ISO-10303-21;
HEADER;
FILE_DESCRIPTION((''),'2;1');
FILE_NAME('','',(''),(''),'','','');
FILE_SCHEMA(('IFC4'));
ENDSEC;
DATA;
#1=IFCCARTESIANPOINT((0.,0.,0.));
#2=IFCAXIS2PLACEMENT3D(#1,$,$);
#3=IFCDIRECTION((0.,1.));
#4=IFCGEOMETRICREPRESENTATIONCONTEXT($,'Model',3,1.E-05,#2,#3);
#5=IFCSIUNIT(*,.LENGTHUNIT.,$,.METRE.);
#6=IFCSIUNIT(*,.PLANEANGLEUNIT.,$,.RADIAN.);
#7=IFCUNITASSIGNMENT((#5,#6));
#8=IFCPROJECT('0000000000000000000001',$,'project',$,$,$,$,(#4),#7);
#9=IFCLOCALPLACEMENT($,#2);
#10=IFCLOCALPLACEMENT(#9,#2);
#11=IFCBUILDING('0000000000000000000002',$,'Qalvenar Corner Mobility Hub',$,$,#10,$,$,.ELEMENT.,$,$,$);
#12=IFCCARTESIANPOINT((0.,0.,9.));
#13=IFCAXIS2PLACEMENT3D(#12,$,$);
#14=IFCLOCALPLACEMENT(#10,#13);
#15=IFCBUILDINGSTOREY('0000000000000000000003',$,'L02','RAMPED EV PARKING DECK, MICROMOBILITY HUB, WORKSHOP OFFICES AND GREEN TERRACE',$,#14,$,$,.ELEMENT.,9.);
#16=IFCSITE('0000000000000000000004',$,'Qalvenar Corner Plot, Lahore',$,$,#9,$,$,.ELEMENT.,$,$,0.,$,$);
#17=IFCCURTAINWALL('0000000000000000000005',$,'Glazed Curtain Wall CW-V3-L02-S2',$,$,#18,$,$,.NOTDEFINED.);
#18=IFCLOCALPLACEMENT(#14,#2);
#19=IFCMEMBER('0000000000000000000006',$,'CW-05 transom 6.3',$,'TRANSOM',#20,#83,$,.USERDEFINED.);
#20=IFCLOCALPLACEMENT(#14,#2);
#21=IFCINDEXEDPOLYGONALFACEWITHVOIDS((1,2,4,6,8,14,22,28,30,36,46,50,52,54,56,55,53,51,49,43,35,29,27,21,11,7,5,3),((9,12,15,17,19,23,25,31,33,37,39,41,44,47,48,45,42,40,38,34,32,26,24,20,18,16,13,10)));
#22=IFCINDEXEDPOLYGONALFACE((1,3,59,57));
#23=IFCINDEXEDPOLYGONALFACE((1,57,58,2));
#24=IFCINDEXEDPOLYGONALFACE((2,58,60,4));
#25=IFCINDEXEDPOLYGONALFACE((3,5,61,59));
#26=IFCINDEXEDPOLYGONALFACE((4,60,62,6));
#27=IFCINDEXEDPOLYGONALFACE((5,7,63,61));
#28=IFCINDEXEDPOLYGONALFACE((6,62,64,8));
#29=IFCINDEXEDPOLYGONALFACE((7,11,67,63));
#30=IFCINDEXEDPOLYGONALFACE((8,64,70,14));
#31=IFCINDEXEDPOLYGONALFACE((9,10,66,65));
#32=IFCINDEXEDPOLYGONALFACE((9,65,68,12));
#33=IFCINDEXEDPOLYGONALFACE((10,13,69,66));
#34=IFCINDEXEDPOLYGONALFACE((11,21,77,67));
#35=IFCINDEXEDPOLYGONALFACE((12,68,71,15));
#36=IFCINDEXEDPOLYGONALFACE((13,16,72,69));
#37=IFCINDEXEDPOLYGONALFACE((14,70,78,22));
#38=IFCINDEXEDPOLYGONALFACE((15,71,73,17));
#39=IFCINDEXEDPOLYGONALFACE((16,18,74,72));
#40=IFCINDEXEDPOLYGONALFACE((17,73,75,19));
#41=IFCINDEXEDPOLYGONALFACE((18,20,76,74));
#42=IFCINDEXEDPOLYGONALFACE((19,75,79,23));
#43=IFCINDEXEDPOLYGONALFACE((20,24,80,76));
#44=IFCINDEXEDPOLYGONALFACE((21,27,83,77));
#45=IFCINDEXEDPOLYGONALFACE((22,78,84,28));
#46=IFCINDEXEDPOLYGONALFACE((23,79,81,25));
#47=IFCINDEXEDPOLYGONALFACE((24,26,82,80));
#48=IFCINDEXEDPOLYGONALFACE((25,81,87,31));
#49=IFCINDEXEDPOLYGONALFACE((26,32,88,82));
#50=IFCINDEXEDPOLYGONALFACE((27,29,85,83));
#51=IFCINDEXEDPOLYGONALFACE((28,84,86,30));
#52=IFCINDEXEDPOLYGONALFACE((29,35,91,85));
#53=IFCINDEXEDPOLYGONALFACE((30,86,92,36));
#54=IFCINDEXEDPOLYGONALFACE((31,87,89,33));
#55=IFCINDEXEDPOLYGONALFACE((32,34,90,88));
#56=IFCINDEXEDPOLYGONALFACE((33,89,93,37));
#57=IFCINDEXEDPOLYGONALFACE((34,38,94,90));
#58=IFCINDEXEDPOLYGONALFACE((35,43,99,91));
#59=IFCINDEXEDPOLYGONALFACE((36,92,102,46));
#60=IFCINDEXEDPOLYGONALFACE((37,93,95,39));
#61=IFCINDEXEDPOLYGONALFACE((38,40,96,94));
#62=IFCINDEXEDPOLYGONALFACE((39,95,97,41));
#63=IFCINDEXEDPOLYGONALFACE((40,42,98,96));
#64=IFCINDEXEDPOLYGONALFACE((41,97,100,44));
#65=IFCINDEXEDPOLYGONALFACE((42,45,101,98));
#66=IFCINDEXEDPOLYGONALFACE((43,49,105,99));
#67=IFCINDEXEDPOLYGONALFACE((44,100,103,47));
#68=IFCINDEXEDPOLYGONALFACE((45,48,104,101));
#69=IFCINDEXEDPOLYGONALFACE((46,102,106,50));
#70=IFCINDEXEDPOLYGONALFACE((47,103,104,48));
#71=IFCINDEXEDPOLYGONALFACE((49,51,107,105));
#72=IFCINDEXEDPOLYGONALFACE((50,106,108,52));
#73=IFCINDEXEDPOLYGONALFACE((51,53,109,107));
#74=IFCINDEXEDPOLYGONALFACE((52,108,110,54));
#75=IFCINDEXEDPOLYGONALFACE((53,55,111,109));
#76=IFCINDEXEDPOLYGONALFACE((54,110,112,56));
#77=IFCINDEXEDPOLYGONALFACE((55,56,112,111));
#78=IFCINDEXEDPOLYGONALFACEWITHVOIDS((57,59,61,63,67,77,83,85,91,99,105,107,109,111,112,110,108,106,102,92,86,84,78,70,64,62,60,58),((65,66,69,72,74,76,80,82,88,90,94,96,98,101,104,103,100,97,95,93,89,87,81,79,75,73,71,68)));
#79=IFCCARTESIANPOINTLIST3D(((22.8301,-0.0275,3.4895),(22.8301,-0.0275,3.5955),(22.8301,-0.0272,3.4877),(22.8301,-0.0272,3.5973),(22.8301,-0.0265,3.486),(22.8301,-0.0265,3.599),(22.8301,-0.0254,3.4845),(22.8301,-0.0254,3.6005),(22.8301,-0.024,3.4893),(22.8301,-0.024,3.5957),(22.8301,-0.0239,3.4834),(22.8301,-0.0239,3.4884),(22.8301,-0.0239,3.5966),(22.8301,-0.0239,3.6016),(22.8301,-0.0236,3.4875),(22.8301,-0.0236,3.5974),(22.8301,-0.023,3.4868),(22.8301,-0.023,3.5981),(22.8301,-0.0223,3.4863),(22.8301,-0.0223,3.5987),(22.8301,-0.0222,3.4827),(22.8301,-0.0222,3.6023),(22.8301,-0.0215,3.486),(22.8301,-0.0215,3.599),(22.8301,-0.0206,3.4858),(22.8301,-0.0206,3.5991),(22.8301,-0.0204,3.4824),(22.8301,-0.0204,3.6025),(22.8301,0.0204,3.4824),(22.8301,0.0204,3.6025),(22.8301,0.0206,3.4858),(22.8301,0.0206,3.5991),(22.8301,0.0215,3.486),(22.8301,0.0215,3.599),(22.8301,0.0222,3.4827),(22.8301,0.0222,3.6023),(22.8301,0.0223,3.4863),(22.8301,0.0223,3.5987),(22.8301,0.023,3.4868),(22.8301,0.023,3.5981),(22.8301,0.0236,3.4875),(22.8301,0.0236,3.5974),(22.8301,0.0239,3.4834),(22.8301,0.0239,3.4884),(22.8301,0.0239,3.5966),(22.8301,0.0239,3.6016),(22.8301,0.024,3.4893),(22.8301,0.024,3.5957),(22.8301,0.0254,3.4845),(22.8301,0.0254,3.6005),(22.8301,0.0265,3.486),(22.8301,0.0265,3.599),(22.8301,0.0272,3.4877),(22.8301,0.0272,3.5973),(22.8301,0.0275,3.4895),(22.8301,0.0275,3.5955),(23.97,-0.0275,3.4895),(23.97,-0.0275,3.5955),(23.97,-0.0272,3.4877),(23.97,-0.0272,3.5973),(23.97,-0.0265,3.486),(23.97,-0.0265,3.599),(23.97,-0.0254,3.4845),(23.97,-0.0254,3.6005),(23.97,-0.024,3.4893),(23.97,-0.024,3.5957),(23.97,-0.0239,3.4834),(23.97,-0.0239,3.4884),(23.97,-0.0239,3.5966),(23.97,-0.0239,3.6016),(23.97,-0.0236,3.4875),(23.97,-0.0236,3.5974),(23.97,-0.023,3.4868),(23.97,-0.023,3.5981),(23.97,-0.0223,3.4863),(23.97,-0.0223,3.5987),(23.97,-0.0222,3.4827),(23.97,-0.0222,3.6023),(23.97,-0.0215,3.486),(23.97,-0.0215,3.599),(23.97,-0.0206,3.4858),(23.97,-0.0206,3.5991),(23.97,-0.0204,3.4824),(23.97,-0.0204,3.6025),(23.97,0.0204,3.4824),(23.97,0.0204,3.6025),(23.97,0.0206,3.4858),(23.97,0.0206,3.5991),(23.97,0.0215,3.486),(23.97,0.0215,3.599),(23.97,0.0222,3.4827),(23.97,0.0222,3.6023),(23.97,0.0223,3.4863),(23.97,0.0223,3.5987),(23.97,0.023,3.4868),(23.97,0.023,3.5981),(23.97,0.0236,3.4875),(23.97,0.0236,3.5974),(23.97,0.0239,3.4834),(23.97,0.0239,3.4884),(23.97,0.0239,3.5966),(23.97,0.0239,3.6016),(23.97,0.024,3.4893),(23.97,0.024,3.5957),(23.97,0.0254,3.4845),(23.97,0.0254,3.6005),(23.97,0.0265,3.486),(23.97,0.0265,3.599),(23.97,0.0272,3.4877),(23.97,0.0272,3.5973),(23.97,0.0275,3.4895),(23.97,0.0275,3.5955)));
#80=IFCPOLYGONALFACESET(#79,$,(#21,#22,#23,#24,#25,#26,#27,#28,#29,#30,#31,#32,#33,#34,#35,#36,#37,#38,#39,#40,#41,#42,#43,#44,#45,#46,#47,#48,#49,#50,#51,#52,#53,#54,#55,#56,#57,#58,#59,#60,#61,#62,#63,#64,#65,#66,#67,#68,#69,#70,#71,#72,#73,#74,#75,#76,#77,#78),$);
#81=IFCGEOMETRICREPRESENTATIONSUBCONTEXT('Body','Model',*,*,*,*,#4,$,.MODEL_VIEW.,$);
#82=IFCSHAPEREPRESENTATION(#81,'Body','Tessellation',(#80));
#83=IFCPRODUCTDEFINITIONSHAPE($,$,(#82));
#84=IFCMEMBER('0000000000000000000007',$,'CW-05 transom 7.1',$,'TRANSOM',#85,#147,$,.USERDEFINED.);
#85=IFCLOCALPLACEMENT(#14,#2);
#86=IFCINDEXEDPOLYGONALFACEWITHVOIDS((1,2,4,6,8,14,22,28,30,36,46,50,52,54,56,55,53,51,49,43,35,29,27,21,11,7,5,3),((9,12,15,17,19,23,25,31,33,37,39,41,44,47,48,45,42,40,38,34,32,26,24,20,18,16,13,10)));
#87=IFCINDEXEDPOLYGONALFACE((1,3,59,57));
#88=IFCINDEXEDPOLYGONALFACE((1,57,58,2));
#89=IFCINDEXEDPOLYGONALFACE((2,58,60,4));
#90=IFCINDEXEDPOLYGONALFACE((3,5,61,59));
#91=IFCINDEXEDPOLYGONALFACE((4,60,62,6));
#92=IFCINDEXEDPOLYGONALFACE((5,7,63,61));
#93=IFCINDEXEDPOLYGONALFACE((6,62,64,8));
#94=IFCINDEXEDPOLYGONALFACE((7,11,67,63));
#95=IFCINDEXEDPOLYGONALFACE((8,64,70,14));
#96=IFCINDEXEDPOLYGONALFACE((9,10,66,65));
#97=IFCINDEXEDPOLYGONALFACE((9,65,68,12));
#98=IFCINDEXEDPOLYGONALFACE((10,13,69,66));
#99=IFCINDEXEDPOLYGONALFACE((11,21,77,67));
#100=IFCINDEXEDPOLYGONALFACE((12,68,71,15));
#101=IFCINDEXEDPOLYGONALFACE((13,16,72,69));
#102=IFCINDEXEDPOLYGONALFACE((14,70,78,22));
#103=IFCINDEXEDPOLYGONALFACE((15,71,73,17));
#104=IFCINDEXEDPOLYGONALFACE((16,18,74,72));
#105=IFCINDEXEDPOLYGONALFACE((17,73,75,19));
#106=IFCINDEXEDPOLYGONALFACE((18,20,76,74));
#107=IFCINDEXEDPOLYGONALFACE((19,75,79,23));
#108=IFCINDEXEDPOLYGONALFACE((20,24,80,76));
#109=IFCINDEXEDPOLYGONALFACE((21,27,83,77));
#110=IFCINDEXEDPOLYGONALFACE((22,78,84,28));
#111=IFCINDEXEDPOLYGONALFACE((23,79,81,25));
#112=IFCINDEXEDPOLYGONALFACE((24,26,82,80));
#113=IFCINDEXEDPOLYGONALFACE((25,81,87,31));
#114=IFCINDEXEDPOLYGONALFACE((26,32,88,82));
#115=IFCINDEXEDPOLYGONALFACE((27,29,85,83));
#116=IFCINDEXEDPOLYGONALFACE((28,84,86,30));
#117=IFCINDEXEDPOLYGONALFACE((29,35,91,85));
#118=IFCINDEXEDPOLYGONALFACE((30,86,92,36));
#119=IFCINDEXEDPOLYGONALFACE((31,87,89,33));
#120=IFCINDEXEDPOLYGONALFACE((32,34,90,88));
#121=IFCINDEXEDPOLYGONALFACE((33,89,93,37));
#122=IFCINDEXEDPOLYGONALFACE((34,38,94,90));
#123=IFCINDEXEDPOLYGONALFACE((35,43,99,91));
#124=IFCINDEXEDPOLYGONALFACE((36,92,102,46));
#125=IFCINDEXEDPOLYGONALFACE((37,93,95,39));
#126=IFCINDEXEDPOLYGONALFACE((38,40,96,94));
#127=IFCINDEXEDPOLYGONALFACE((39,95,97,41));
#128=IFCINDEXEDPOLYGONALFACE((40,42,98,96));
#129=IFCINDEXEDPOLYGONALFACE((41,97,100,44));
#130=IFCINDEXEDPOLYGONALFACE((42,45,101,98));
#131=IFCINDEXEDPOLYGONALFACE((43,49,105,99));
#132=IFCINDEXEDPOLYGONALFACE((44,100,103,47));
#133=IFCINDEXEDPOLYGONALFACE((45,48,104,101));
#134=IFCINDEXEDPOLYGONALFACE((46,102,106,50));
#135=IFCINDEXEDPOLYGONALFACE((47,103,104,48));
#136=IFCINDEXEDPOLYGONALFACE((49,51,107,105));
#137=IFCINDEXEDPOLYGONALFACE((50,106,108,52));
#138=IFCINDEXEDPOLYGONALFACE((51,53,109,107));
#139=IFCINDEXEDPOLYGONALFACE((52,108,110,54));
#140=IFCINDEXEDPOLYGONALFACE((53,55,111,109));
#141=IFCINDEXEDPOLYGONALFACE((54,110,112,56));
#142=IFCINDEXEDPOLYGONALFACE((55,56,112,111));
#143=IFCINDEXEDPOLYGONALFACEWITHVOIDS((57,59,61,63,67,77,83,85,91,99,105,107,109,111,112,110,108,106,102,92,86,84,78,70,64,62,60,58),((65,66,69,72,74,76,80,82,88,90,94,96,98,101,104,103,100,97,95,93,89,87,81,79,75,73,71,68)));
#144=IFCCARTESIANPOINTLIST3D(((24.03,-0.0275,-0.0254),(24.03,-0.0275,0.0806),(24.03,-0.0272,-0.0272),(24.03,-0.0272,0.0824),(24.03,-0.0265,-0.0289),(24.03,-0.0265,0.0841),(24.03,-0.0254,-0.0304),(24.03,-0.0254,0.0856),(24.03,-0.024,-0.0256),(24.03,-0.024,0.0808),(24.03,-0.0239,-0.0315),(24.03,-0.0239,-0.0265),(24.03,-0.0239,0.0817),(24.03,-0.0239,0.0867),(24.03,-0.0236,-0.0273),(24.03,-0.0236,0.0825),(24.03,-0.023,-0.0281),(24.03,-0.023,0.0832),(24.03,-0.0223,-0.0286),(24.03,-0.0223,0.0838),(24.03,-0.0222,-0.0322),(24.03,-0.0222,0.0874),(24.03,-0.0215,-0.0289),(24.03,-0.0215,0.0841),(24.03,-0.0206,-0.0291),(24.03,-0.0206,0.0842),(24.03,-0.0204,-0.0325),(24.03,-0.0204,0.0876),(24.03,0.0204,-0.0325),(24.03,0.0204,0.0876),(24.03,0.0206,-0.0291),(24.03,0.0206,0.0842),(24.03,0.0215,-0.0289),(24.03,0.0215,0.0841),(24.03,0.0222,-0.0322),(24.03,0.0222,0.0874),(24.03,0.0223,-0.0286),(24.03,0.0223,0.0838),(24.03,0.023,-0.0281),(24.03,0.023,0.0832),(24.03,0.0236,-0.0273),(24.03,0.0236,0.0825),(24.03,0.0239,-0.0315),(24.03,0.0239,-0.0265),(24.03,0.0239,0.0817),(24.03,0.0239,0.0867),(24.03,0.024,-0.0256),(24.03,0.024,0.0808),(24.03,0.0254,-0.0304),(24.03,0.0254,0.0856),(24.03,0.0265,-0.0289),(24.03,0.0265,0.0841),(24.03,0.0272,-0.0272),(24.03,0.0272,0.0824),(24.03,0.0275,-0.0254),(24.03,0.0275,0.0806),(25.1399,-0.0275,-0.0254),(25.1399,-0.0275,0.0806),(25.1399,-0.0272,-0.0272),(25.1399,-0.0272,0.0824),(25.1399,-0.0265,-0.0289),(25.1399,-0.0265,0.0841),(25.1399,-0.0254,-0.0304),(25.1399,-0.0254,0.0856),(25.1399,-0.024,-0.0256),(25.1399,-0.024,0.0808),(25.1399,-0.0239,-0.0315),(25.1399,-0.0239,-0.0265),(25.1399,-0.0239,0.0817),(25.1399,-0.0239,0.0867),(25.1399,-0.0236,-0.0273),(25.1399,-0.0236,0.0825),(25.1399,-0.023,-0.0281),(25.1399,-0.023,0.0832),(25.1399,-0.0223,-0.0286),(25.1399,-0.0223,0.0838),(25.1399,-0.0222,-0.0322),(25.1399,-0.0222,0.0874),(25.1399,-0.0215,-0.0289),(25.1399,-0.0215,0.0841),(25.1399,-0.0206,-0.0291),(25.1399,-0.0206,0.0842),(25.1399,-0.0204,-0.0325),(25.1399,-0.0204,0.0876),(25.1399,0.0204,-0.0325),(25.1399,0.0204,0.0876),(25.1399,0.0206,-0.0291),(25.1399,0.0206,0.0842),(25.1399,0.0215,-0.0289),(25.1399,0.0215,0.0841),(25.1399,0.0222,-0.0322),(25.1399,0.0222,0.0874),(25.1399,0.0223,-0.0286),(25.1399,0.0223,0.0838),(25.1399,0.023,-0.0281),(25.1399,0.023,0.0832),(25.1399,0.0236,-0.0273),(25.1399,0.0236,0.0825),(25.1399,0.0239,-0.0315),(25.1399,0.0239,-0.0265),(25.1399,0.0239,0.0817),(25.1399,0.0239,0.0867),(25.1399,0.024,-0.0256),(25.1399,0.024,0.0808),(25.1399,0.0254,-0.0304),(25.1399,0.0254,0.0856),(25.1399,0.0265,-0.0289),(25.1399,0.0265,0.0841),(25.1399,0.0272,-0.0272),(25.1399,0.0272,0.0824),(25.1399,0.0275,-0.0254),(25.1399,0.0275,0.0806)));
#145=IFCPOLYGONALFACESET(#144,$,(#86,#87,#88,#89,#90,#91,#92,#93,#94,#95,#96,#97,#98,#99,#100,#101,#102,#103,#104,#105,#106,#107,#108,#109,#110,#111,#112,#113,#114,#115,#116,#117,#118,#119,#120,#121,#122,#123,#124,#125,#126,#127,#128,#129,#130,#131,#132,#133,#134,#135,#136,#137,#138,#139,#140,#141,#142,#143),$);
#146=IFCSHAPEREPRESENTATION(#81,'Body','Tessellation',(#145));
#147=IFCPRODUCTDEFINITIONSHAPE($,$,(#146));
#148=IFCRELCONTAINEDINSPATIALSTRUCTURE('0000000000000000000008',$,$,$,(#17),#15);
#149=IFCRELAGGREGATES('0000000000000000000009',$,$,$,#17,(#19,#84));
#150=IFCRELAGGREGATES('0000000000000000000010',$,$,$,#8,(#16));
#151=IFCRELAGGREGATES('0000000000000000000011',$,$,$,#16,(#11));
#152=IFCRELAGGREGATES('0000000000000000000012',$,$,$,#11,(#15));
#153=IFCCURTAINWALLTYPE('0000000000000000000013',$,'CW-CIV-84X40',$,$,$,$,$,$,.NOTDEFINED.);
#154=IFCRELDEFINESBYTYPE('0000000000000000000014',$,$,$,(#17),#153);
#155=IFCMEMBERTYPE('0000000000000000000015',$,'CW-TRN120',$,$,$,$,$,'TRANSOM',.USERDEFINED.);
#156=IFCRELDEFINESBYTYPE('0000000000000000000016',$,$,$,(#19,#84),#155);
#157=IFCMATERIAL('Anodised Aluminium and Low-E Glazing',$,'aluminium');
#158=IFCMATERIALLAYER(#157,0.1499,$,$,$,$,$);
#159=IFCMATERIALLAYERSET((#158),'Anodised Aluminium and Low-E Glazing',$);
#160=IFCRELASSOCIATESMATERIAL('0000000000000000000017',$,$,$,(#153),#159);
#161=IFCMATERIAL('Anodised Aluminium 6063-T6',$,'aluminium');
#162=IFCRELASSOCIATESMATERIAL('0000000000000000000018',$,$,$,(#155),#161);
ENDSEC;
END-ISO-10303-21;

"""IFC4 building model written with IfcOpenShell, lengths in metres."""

from ifc_helpers import new_model, si_unit, direction, frame, origin, origin_2d, place, context, subcontext, project, spatial, hollow_rectangle, extrude, material, layer, layer_set, material_profile, profile_set, type_object, element, aggregate, save


model = new_model("IFC4")

# Units and contexts
model_context = context("Model", 3, precision=1e-05, world=origin(), true_north=direction((0.0, 1.0)))
body_context = subcontext(model_context, "Body", "Model", "MODEL_VIEW")
ifc_project = project(units=[si_unit("LENGTHUNIT", "METRE"), si_unit("PLANEANGLEUNIT", "RADIAN")], contexts=[model_context])

# Site, building, storey
site_placement = place(None, origin())
site = spatial("IfcSite", under=ifc_project, at=site_placement, Name="Qalvenar Corner Plot, Lahore", CompositionType="ELEMENT", RefElevation=0.0)
building_placement = place(site_placement, origin())
building = spatial("IfcBuilding", under=site, at=building_placement, Name="Qalvenar Corner Mobility Hub", CompositionType="ELEMENT")
storey_placement = place(building_placement, frame((0.0, 0.0, 9.0)))
storey = spatial("IfcBuildingStorey", under=building, at=storey_placement, Name="L02", Description="RAMPED EV PARKING DECK, MICROMOBILITY HUB, WORKSHOP OFFICES AND GREEN TERRACE", CompositionType="ELEMENT", Elevation=9.0)

# Curtain wall, members
ifc_material_1 = material(Name="Anodised Aluminium and Low-E Glazing", Category="aluminium")
ifc_layer_1 = layer(ifc_material_1, 0.1499)
ifc_layer_set_1 = layer_set([ifc_layer_1], Name="Anodised Aluminium and Low-E Glazing")
curtain_wall_type = type_object("IfcCurtainWallType", Name="CW-CIV-84X40", PredefinedType="NOTDEFINED", material=ifc_layer_set_1)
curtain_wall_placement = place(storey_placement, origin())
curtain_wall = element("IfcCurtainWall", 1, at=curtain_wall_placement, inside=storey, type_object=curtain_wall_type, Name="Glazed Curtain Wall CW-V3-L02-S2", PredefinedType="NOTDEFINED")
ifc_material_2 = material(Name="Anodised Aluminium 6063-T6", Category="aluminium")
ifc_material_profile_1 = material_profile(ifc_material_2, hollow_rectangle(XDim=0.0549, YDim=0.1201, WallThickness=0.0034, InnerFilletRadius=0.0034, OuterFilletRadius=0.0071, at=origin_2d()), Name="RHS120x55x3.5")
ifc_profile_set_1 = profile_set([ifc_material_profile_1], Name="Anodised Aluminium 6063-T6")
member_type_1 = type_object("IfcMemberType", Name="CW-TRN120", ElementType="TRANSOM", PredefinedType="USERDEFINED", material=ifc_profile_set_1)
member_1_placement = place(storey_placement, frame((22.8301, 0.0, 3.5425), z_axis=(1.0, 0.0, 0.0), x_axis=(0.0, 1.0, 0.0)))
member_1 = element("IfcMember", 2, at=member_1_placement, type_object=member_type_1, Name="CW-05 transom 6.3", ObjectType="TRANSOM", PredefinedType="USERDEFINED", context=body_context, shape_type="SweptSolid", body=[
    extrude(hollow_rectangle(XDim=0.0549, YDim=0.1201, WallThickness=0.0034, InnerFilletRadius=0.0034, OuterFilletRadius=0.0071, at=origin_2d()), origin(), (0.0, 0.0, 1.0), 1.1399),
])
member_2_placement = place(storey_placement, frame((24.03, 0.0, 0.0276), z_axis=(1.0, 0.0, 0.0), x_axis=(0.0, 1.0, 0.0)))
member_2 = element("IfcMember", 3, at=member_2_placement, type_object=member_type_1, Name="CW-05 transom 7.1", ObjectType="TRANSOM", PredefinedType="USERDEFINED", context=body_context, shape_type="SweptSolid", body=[
    extrude(hollow_rectangle(XDim=0.0549, YDim=0.1201, WallThickness=0.0034, InnerFilletRadius=0.0034, OuterFilletRadius=0.0071, at=origin_2d()), origin(), (0.0, 0.0, 1.0), 1.1099),
])
aggregate(curtain_wall, [member_1, member_2])

save(model, "model.ifc")
